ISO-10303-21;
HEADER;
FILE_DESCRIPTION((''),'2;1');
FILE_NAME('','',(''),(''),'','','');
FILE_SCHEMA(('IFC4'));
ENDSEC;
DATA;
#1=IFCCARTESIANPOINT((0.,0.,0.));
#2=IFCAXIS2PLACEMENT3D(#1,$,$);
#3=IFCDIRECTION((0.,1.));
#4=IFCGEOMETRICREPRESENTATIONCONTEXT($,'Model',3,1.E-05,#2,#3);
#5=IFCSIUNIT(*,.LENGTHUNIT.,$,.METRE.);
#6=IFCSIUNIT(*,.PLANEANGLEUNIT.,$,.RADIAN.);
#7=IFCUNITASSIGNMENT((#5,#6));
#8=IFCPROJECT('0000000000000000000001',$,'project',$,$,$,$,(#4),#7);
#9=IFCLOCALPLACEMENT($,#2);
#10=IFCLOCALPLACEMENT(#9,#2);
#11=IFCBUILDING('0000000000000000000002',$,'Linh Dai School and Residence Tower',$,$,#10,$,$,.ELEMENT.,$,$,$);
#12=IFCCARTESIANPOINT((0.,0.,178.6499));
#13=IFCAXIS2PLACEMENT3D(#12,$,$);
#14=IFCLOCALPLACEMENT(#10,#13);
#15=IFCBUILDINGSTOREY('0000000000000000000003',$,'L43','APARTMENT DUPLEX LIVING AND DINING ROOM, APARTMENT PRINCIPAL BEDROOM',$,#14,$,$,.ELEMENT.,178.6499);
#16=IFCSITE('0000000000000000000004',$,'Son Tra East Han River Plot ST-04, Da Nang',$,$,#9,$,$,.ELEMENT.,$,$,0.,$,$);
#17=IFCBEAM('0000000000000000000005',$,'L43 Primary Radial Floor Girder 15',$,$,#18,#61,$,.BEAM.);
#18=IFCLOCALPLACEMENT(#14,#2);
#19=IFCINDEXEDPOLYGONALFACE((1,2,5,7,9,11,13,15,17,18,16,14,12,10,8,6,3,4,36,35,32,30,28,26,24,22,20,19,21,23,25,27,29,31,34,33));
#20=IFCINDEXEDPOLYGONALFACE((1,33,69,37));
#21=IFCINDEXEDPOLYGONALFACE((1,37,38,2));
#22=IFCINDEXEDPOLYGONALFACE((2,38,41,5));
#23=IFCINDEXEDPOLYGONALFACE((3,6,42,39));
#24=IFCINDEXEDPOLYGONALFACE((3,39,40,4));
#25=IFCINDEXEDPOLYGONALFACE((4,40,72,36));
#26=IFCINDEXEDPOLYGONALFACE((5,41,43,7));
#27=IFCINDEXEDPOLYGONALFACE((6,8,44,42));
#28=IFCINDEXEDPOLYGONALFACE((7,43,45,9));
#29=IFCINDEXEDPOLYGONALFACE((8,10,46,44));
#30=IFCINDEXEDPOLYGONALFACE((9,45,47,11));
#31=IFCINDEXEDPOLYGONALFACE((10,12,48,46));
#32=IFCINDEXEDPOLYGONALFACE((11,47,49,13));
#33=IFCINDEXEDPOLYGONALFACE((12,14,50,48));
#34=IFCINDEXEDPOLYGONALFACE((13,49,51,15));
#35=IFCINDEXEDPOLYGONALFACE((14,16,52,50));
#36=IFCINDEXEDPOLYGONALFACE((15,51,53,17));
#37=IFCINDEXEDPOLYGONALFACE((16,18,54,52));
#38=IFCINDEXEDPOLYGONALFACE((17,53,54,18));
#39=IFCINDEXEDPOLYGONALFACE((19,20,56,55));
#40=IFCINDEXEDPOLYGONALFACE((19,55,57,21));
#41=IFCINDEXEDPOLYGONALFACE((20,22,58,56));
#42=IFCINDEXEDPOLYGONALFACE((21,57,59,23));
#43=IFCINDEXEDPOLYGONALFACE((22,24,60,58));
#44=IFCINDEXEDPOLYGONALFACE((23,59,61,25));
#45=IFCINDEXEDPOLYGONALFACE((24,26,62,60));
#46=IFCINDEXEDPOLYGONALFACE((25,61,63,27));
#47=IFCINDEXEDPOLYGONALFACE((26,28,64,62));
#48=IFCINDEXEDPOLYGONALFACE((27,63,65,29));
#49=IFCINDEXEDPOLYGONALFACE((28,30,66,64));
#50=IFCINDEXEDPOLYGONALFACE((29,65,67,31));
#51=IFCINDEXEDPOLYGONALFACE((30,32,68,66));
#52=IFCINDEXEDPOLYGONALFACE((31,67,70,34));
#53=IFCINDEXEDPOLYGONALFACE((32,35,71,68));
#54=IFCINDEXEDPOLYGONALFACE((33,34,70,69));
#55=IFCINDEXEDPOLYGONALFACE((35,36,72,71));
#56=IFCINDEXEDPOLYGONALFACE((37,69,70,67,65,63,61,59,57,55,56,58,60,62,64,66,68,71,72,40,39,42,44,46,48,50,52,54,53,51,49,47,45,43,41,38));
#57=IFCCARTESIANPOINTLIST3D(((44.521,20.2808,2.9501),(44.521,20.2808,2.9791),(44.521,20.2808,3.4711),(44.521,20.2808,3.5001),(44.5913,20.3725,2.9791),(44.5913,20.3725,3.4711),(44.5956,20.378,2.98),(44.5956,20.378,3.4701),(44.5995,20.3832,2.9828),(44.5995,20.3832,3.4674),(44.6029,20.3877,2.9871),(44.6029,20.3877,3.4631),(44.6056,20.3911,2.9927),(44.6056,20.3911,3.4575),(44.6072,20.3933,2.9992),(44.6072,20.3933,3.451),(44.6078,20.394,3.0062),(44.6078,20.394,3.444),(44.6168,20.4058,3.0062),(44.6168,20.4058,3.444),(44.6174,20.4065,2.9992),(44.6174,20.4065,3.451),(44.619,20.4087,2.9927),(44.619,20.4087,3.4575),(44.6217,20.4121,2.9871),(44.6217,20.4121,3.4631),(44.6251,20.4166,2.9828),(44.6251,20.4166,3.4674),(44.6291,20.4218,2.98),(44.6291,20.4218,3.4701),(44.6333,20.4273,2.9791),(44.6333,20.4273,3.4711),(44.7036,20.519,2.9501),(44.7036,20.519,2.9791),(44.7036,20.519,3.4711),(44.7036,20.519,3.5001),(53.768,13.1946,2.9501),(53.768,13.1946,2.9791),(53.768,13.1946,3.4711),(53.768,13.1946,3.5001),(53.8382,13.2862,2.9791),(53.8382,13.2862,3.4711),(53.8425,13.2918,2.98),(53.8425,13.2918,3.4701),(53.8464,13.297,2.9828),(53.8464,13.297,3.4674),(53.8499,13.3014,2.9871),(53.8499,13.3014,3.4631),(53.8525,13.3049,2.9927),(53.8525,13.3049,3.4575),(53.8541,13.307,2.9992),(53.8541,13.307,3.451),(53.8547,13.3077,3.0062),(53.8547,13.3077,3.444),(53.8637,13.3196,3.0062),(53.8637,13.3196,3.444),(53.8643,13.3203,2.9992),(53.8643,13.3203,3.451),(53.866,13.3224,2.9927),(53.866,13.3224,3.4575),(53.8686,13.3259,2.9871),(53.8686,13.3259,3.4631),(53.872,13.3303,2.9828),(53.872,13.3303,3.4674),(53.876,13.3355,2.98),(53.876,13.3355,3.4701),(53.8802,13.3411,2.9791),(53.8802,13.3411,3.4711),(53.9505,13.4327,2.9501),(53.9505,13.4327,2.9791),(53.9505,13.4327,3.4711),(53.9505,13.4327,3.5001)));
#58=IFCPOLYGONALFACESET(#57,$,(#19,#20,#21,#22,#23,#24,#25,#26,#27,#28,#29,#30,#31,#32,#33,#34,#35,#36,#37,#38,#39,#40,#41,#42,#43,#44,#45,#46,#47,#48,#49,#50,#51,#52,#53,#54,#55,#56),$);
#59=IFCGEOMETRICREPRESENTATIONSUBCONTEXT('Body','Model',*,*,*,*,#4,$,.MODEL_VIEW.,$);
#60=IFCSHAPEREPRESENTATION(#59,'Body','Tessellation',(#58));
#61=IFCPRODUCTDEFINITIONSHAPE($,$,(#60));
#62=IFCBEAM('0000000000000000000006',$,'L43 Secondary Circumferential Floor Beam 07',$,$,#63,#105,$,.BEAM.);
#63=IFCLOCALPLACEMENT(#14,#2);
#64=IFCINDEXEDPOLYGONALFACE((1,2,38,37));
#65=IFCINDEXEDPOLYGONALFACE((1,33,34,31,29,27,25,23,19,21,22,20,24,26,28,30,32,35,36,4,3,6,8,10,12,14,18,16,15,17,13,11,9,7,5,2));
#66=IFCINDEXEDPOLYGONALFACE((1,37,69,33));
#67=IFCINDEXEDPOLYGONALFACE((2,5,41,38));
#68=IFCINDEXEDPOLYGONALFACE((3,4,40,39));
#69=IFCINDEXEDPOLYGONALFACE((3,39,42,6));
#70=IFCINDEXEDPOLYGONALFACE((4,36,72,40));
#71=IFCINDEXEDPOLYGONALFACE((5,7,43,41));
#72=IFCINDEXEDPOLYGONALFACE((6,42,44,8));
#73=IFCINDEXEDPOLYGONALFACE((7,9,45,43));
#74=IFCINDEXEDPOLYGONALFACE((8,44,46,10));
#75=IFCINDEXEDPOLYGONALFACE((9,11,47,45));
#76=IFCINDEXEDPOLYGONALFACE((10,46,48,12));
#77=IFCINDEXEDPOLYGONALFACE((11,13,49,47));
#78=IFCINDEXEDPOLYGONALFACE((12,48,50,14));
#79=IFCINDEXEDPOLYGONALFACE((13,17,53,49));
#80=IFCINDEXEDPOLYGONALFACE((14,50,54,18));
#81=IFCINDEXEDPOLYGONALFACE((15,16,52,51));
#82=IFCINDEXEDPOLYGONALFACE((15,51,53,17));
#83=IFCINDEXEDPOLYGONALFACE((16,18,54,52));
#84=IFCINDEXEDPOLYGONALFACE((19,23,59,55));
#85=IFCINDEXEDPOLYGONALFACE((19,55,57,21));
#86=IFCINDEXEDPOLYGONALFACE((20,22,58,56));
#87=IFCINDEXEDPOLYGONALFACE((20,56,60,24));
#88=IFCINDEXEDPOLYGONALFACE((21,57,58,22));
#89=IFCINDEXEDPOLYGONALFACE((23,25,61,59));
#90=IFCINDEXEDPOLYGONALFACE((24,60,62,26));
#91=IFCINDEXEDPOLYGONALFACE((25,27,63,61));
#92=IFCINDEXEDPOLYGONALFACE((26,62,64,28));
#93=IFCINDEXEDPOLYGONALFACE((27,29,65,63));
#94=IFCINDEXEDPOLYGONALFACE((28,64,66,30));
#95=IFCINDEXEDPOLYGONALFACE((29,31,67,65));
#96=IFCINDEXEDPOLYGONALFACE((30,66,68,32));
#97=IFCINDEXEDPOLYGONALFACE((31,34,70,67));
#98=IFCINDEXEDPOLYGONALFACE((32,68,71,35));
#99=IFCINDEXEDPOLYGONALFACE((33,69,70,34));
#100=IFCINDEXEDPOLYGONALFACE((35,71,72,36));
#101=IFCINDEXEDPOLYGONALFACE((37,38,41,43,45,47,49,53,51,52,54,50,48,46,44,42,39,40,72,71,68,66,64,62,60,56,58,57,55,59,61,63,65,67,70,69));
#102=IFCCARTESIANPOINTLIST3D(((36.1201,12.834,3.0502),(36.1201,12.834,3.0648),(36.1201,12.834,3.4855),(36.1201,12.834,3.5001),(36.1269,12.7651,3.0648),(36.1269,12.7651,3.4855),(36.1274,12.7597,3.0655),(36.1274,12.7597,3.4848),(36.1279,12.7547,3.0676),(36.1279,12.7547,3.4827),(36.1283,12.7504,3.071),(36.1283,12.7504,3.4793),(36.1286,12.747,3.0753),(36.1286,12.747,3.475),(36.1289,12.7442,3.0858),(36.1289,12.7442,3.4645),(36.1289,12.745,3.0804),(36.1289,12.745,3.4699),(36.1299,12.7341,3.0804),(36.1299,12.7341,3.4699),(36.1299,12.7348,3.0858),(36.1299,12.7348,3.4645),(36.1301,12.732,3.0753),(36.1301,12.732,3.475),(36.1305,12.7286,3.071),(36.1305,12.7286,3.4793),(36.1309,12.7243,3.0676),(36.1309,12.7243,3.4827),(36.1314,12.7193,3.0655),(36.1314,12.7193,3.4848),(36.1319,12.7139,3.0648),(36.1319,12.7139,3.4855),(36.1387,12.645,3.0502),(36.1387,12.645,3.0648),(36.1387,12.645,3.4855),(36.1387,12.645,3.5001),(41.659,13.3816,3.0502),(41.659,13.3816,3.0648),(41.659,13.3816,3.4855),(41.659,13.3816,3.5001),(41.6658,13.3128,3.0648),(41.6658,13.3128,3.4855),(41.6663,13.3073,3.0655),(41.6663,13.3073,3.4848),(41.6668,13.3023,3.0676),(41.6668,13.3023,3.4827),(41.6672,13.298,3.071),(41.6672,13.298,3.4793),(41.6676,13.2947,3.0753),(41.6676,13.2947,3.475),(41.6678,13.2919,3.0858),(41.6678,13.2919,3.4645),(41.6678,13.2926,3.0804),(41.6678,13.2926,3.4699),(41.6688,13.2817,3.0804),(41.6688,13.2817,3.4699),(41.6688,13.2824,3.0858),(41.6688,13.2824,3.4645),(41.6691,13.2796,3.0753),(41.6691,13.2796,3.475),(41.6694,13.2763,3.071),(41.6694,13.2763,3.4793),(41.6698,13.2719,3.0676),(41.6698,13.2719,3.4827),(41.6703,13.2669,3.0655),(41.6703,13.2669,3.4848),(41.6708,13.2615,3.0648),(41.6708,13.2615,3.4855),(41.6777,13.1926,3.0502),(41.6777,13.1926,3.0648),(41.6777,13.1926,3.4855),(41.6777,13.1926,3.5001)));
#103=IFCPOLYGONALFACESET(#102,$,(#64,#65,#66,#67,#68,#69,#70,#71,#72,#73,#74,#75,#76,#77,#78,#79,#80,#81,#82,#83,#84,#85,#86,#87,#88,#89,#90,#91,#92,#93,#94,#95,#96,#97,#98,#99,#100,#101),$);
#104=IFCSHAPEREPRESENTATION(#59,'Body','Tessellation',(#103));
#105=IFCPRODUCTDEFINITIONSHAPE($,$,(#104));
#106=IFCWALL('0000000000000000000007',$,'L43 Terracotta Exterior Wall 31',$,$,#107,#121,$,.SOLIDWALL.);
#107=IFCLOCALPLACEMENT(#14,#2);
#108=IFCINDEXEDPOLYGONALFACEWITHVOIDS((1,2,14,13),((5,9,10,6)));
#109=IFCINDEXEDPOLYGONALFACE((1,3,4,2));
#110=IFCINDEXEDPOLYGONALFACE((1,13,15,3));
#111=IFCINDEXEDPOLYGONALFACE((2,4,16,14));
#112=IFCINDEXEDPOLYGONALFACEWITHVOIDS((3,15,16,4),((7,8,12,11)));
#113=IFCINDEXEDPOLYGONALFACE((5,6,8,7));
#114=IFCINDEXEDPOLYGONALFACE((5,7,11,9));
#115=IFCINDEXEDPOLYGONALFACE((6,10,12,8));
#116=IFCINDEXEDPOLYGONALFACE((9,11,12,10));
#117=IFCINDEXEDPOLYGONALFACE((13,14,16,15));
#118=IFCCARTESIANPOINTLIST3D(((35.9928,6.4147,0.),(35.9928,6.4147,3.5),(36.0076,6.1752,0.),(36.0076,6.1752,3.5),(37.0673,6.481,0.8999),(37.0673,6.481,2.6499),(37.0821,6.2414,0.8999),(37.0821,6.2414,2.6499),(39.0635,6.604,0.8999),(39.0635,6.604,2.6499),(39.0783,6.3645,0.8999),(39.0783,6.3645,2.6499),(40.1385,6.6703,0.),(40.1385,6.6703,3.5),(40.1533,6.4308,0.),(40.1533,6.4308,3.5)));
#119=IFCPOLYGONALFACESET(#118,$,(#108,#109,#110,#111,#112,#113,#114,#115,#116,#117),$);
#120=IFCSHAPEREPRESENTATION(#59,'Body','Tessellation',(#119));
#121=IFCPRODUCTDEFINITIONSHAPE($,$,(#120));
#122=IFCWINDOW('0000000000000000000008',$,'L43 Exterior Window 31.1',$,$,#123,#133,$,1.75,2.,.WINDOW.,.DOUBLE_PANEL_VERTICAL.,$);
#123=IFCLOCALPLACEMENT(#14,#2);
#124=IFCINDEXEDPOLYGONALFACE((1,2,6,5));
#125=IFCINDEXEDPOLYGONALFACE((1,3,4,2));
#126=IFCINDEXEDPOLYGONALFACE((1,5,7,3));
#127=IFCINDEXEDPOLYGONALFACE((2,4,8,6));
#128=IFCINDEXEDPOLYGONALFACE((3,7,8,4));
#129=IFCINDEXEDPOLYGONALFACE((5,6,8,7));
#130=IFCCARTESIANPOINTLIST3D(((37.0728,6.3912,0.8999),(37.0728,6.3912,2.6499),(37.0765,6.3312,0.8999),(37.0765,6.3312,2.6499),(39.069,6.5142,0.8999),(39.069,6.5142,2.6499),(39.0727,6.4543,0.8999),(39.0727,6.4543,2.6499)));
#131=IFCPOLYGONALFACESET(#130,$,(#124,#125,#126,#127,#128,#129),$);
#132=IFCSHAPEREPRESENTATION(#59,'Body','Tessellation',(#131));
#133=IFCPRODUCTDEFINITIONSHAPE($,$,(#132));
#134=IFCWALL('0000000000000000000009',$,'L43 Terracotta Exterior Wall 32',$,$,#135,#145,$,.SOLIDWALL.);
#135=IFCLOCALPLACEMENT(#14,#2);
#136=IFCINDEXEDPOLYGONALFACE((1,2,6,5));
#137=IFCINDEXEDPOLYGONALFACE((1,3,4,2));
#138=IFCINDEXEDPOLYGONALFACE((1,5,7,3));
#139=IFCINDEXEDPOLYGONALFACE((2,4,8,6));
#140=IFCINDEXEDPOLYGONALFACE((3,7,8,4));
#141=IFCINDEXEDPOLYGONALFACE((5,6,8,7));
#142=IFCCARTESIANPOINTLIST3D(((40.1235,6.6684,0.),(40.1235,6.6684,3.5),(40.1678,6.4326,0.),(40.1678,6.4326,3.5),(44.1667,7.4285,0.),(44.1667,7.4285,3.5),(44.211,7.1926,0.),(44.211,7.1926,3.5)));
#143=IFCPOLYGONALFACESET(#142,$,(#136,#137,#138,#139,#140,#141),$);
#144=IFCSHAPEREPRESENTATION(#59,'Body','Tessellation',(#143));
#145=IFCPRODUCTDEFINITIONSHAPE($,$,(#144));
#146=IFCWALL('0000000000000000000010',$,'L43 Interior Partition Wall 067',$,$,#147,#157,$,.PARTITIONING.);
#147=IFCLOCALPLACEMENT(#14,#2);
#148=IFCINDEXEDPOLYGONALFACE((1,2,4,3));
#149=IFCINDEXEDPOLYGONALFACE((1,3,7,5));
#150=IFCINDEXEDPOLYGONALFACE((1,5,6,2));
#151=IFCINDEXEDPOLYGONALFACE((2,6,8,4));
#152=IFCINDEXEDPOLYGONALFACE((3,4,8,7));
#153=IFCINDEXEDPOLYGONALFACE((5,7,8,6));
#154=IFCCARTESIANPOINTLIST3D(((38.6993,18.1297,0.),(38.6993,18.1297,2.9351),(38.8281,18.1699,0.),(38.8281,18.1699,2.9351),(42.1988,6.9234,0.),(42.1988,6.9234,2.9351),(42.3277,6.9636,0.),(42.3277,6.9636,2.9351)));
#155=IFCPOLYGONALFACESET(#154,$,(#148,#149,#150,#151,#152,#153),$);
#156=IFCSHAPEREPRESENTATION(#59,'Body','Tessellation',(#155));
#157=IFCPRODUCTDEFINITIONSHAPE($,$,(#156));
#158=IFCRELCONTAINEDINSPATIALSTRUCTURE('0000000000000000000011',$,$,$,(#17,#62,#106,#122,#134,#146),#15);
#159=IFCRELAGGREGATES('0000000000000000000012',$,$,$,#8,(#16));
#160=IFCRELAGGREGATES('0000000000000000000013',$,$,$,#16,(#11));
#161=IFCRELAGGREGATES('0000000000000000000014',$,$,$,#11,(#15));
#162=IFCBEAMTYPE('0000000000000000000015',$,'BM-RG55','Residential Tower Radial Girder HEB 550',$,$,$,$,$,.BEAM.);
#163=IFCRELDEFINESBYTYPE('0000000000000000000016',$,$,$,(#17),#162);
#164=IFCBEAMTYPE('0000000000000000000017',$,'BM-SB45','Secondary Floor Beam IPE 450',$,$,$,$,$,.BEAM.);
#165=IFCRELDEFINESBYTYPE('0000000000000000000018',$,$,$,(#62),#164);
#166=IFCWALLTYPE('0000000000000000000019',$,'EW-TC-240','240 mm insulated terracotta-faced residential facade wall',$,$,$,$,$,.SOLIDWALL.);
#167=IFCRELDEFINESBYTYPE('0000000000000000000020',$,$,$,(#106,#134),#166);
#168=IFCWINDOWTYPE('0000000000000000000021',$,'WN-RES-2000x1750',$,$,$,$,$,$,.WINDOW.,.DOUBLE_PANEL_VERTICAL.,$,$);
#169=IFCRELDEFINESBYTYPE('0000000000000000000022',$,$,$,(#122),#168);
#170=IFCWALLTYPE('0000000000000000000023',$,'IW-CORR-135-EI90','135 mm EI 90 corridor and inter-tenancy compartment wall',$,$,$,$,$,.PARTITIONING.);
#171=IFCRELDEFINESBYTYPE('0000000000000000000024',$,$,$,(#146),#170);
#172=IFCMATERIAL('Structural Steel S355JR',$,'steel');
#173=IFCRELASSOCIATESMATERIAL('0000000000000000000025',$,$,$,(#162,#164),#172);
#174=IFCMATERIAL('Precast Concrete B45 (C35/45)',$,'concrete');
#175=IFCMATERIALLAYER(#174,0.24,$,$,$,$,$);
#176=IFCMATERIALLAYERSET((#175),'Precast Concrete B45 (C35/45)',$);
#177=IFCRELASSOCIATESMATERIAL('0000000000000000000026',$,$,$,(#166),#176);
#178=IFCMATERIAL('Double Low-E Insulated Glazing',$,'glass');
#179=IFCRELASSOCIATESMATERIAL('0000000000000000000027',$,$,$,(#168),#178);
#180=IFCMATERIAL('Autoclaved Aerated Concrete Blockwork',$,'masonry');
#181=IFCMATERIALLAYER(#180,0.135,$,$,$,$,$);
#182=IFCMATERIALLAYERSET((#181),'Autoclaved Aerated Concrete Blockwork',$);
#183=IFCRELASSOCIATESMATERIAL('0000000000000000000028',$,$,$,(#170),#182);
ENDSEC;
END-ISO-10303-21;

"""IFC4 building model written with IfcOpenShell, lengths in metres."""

from ifc_helpers import new_model, si_unit, direction, frame, frame_2d, origin, origin_2d, place, context, subcontext, project, spatial, rectangle, i_section, extrude, source, transform, mapped, material, layer, layer_set, material_profile, profile_set, type_object, element, fill, save


model = new_model("IFC4")

# Units and contexts
model_context = context("Model", 3, precision=1e-05, world=origin(), true_north=direction((0.0, 1.0)))
body_context = subcontext(model_context, "Body", "Model", "MODEL_VIEW")
ifc_project = project(units=[si_unit("LENGTHUNIT", "METRE"), si_unit("PLANEANGLEUNIT", "RADIAN")], contexts=[model_context])

# Site, building, storey
site_placement = place(None, origin())
site = spatial("IfcSite", under=ifc_project, at=site_placement, Name="Son Tra East Han River Plot ST-04, Da Nang", CompositionType="ELEMENT", RefElevation=0.0)
building_placement = place(site_placement, origin())
building = spatial("IfcBuilding", under=site, at=building_placement, Name="Linh Dai School and Residence Tower", CompositionType="ELEMENT")
storey_placement = place(building_placement, frame((0.0, 0.0, 178.6499)))
storey = spatial("IfcBuildingStorey", under=building, at=storey_placement, Name="L43", Description="APARTMENT DUPLEX LIVING AND DINING ROOM, APARTMENT PRINCIPAL BEDROOM", CompositionType="ELEMENT", Elevation=178.6499)

# Shared definitions
ifc_material_1 = material(Name="Structural Steel S355JR", Category="steel")

# Beams
ifc_material_profile_1 = material_profile(ifc_material_1, i_section(OverallWidth=0.3, OverallDepth=0.55, WebThickness=0.0149, FlangeThickness=0.0291, FilletRadius=0.0271, at=origin_2d()), Name="HEB 550")
ifc_profile_set_1 = profile_set([ifc_material_profile_1], Name="Structural Steel S355JR")
beam_type_1 = type_object("IfcBeamType", Name="BM-RG55", Description="Residential Tower Radial Girder HEB 550", PredefinedType="BEAM", material=ifc_profile_set_1)
beam_1_placement = place(storey_placement, frame((44.6123, 20.3999, 3.2251), z_axis=(0.793733, -0.608267, 0.0), x_axis=(0.608267, 0.793733, 0.0)))
element("IfcBeam", 1, at=beam_1_placement, inside=storey, type_object=beam_type_1, Name="L43 Primary Radial Floor Girder 15", PredefinedType="BEAM", context=body_context, shape_type="SweptSolid", body=[
    extrude(i_section(OverallWidth=0.3, OverallDepth=0.55, WebThickness=0.0149, FlangeThickness=0.0291, FilletRadius=0.0271, at=origin_2d()), origin(), (0.0, 0.0, 1.0), 11.6499),
])
ifc_material_profile_2 = material_profile(ifc_material_1, i_section(OverallWidth=0.1899, OverallDepth=0.45, WebThickness=0.0095, FlangeThickness=0.0146, FilletRadius=0.021, at=origin_2d()), Name="IPE 450")
ifc_profile_set_2 = profile_set([ifc_material_profile_2], Name="Structural Steel S355JR")
beam_type_2 = type_object("IfcBeamType", Name="BM-SB45", Description="Secondary Floor Beam IPE 450", PredefinedType="BEAM", material=ifc_profile_set_2)
beam_2_placement = place(storey_placement, frame((36.1294, 12.7395, 3.2751), z_axis=(0.995148, 0.098388, 0.0), x_axis=(-0.098388, 0.995148, 0.0)))
element("IfcBeam", 2, at=beam_2_placement, inside=storey, type_object=beam_type_2, Name="L43 Secondary Circumferential Floor Beam 07", PredefinedType="BEAM", context=body_context, shape_type="SweptSolid", body=[
    extrude(i_section(OverallWidth=0.1899, OverallDepth=0.45, WebThickness=0.0095, FlangeThickness=0.0146, FilletRadius=0.021, at=origin_2d()), origin(), (0.0, 0.0, 1.0), 5.5659),
])

# Shared definitions
ifc_material_2 = material(Name="Precast Concrete B45 (C35/45)", Category="concrete")
ifc_layer_1 = layer(ifc_material_2, 0.24)
ifc_layer_set_1 = layer_set([ifc_layer_1], Name="Precast Concrete B45 (C35/45)")
wall_type_1 = type_object("IfcWallType", Name="EW-TC-240", Description="240 mm insulated terracotta-faced residential facade wall", PredefinedType="SOLIDWALL", material=ifc_layer_set_1)

# Wall, opening, window
wall_1_placement = place(storey_placement, frame((40.1458, 6.5505, 0.0), z_axis=(0.0, 0.0, 1.0), x_axis=(-0.998105, -0.06154, 0.0)))
wall_1 = element("IfcWall", 3, at=wall_1_placement, inside=storey, type_object=wall_type_1, Name="L43 Terracotta Exterior Wall 31", PredefinedType="SOLIDWALL", context=body_context, shape_type="SweptSolid", body=[
    extrude(rectangle(XDim=4.1536, YDim=0.24, at=frame_2d((2.0767, 0.0))), origin(), (0.0, 0.0, 1.0), 3.5),
])
opening_1_placement = place(wall_1_placement, frame((1.0769, 0.0, 0.8999)))
opening_1 = element("IfcOpeningElement", 4, at=opening_1_placement, cuts=wall_1, PredefinedType="OPENING", context=body_context, shape_type="SweptSolid", body=[
    extrude(rectangle(XDim=2.0, YDim=1.75, at=origin_2d()), frame((1.0, 0.1299, 0.875), z_axis=(0.0, -1.0, 0.0), x_axis=(1.0, 0.0, 0.0)), (0.0, 0.0, 1.0), 0.26),
])
ifc_material_3 = material(Name="Double Low-E Insulated Glazing", Category="glass")
window_type = type_object("IfcWindowType", Name="WN-RES-2000x1750", PartitioningType="DOUBLE_PANEL_VERTICAL", PredefinedType="WINDOW", material=ifc_material_3)
shared_shape_1 = source(origin(), body_context, "Body", "SweptSolid", [
    extrude(rectangle(XDim=2.0, YDim=1.75, at=origin_2d()), frame((1.0, 0.03, 0.875), z_axis=(0.0, -1.0, 0.0), x_axis=(1.0, 0.0, 0.0)), (0.0, 0.0, 1.0), 0.0601),
])
window_placement = place(opening_1_placement, origin())
window = element("IfcWindow", 5, at=window_placement, inside=storey, type_object=window_type, Name="L43 Exterior Window 31.1", OverallHeight=1.75, OverallWidth=2.0, PartitioningType="DOUBLE_PANEL_VERTICAL", PredefinedType="WINDOW", context=body_context, shape_type="MappedRepresentation", body=[
    mapped(shared_shape_1, transform((0.0, 0.0, 0.0), x_axis=(1.0, 0.0, 0.0), y_axis=(0.0, 1.0, 0.0), z_axis=(0.0, 0.0, 1.0), scale=1.0)),
])
fill(opening_1, window)

# Walls
wall_2_placement = place(storey_placement, frame((44.189, 7.3105, 0.0), z_axis=(0.0, 0.0, 1.0), x_axis=(-0.982788, -0.184736, 0.0)))
element("IfcWall", 6, at=wall_2_placement, inside=storey, type_object=wall_type_1, Name="L43 Terracotta Exterior Wall 32", PredefinedType="SOLIDWALL", context=body_context, shape_type="SweptSolid", body=[
    extrude(rectangle(XDim=4.114, YDim=0.24, at=frame_2d((2.0571, 0.0))), origin(), (0.0, 0.0, 1.0), 3.5),
])
ifc_material_4 = material(Name="Autoclaved Aerated Concrete Blockwork", Category="masonry")
ifc_layer_2 = layer(ifc_material_4, 0.135)
ifc_layer_set_2 = layer_set([ifc_layer_2], Name="Autoclaved Aerated Concrete Blockwork")
wall_type_2 = type_object("IfcWallType", Name="IW-CORR-135-EI90", Description="135 mm EI 90 corridor and inter-tenancy compartment wall", PredefinedType="PARTITIONING", material=ifc_layer_set_2)
wall_3_placement = place(storey_placement, frame((38.7637, 18.1499, 0.0), z_axis=(0.0, 0.0, 1.0), x_axis=(0.298084, -0.95454, 0.0)))
element("IfcWall", 7, at=wall_3_placement, inside=storey, type_object=wall_type_2, Name="L43 Interior Partition Wall 067", PredefinedType="PARTITIONING", context=body_context, shape_type="SweptSolid", body=[
    extrude(rectangle(XDim=11.74, YDim=0.135, at=frame_2d((5.8701, 0.0))), origin(), (0.0, 0.0, 1.0), 2.9351),
])

save(model, "model.ifc")
